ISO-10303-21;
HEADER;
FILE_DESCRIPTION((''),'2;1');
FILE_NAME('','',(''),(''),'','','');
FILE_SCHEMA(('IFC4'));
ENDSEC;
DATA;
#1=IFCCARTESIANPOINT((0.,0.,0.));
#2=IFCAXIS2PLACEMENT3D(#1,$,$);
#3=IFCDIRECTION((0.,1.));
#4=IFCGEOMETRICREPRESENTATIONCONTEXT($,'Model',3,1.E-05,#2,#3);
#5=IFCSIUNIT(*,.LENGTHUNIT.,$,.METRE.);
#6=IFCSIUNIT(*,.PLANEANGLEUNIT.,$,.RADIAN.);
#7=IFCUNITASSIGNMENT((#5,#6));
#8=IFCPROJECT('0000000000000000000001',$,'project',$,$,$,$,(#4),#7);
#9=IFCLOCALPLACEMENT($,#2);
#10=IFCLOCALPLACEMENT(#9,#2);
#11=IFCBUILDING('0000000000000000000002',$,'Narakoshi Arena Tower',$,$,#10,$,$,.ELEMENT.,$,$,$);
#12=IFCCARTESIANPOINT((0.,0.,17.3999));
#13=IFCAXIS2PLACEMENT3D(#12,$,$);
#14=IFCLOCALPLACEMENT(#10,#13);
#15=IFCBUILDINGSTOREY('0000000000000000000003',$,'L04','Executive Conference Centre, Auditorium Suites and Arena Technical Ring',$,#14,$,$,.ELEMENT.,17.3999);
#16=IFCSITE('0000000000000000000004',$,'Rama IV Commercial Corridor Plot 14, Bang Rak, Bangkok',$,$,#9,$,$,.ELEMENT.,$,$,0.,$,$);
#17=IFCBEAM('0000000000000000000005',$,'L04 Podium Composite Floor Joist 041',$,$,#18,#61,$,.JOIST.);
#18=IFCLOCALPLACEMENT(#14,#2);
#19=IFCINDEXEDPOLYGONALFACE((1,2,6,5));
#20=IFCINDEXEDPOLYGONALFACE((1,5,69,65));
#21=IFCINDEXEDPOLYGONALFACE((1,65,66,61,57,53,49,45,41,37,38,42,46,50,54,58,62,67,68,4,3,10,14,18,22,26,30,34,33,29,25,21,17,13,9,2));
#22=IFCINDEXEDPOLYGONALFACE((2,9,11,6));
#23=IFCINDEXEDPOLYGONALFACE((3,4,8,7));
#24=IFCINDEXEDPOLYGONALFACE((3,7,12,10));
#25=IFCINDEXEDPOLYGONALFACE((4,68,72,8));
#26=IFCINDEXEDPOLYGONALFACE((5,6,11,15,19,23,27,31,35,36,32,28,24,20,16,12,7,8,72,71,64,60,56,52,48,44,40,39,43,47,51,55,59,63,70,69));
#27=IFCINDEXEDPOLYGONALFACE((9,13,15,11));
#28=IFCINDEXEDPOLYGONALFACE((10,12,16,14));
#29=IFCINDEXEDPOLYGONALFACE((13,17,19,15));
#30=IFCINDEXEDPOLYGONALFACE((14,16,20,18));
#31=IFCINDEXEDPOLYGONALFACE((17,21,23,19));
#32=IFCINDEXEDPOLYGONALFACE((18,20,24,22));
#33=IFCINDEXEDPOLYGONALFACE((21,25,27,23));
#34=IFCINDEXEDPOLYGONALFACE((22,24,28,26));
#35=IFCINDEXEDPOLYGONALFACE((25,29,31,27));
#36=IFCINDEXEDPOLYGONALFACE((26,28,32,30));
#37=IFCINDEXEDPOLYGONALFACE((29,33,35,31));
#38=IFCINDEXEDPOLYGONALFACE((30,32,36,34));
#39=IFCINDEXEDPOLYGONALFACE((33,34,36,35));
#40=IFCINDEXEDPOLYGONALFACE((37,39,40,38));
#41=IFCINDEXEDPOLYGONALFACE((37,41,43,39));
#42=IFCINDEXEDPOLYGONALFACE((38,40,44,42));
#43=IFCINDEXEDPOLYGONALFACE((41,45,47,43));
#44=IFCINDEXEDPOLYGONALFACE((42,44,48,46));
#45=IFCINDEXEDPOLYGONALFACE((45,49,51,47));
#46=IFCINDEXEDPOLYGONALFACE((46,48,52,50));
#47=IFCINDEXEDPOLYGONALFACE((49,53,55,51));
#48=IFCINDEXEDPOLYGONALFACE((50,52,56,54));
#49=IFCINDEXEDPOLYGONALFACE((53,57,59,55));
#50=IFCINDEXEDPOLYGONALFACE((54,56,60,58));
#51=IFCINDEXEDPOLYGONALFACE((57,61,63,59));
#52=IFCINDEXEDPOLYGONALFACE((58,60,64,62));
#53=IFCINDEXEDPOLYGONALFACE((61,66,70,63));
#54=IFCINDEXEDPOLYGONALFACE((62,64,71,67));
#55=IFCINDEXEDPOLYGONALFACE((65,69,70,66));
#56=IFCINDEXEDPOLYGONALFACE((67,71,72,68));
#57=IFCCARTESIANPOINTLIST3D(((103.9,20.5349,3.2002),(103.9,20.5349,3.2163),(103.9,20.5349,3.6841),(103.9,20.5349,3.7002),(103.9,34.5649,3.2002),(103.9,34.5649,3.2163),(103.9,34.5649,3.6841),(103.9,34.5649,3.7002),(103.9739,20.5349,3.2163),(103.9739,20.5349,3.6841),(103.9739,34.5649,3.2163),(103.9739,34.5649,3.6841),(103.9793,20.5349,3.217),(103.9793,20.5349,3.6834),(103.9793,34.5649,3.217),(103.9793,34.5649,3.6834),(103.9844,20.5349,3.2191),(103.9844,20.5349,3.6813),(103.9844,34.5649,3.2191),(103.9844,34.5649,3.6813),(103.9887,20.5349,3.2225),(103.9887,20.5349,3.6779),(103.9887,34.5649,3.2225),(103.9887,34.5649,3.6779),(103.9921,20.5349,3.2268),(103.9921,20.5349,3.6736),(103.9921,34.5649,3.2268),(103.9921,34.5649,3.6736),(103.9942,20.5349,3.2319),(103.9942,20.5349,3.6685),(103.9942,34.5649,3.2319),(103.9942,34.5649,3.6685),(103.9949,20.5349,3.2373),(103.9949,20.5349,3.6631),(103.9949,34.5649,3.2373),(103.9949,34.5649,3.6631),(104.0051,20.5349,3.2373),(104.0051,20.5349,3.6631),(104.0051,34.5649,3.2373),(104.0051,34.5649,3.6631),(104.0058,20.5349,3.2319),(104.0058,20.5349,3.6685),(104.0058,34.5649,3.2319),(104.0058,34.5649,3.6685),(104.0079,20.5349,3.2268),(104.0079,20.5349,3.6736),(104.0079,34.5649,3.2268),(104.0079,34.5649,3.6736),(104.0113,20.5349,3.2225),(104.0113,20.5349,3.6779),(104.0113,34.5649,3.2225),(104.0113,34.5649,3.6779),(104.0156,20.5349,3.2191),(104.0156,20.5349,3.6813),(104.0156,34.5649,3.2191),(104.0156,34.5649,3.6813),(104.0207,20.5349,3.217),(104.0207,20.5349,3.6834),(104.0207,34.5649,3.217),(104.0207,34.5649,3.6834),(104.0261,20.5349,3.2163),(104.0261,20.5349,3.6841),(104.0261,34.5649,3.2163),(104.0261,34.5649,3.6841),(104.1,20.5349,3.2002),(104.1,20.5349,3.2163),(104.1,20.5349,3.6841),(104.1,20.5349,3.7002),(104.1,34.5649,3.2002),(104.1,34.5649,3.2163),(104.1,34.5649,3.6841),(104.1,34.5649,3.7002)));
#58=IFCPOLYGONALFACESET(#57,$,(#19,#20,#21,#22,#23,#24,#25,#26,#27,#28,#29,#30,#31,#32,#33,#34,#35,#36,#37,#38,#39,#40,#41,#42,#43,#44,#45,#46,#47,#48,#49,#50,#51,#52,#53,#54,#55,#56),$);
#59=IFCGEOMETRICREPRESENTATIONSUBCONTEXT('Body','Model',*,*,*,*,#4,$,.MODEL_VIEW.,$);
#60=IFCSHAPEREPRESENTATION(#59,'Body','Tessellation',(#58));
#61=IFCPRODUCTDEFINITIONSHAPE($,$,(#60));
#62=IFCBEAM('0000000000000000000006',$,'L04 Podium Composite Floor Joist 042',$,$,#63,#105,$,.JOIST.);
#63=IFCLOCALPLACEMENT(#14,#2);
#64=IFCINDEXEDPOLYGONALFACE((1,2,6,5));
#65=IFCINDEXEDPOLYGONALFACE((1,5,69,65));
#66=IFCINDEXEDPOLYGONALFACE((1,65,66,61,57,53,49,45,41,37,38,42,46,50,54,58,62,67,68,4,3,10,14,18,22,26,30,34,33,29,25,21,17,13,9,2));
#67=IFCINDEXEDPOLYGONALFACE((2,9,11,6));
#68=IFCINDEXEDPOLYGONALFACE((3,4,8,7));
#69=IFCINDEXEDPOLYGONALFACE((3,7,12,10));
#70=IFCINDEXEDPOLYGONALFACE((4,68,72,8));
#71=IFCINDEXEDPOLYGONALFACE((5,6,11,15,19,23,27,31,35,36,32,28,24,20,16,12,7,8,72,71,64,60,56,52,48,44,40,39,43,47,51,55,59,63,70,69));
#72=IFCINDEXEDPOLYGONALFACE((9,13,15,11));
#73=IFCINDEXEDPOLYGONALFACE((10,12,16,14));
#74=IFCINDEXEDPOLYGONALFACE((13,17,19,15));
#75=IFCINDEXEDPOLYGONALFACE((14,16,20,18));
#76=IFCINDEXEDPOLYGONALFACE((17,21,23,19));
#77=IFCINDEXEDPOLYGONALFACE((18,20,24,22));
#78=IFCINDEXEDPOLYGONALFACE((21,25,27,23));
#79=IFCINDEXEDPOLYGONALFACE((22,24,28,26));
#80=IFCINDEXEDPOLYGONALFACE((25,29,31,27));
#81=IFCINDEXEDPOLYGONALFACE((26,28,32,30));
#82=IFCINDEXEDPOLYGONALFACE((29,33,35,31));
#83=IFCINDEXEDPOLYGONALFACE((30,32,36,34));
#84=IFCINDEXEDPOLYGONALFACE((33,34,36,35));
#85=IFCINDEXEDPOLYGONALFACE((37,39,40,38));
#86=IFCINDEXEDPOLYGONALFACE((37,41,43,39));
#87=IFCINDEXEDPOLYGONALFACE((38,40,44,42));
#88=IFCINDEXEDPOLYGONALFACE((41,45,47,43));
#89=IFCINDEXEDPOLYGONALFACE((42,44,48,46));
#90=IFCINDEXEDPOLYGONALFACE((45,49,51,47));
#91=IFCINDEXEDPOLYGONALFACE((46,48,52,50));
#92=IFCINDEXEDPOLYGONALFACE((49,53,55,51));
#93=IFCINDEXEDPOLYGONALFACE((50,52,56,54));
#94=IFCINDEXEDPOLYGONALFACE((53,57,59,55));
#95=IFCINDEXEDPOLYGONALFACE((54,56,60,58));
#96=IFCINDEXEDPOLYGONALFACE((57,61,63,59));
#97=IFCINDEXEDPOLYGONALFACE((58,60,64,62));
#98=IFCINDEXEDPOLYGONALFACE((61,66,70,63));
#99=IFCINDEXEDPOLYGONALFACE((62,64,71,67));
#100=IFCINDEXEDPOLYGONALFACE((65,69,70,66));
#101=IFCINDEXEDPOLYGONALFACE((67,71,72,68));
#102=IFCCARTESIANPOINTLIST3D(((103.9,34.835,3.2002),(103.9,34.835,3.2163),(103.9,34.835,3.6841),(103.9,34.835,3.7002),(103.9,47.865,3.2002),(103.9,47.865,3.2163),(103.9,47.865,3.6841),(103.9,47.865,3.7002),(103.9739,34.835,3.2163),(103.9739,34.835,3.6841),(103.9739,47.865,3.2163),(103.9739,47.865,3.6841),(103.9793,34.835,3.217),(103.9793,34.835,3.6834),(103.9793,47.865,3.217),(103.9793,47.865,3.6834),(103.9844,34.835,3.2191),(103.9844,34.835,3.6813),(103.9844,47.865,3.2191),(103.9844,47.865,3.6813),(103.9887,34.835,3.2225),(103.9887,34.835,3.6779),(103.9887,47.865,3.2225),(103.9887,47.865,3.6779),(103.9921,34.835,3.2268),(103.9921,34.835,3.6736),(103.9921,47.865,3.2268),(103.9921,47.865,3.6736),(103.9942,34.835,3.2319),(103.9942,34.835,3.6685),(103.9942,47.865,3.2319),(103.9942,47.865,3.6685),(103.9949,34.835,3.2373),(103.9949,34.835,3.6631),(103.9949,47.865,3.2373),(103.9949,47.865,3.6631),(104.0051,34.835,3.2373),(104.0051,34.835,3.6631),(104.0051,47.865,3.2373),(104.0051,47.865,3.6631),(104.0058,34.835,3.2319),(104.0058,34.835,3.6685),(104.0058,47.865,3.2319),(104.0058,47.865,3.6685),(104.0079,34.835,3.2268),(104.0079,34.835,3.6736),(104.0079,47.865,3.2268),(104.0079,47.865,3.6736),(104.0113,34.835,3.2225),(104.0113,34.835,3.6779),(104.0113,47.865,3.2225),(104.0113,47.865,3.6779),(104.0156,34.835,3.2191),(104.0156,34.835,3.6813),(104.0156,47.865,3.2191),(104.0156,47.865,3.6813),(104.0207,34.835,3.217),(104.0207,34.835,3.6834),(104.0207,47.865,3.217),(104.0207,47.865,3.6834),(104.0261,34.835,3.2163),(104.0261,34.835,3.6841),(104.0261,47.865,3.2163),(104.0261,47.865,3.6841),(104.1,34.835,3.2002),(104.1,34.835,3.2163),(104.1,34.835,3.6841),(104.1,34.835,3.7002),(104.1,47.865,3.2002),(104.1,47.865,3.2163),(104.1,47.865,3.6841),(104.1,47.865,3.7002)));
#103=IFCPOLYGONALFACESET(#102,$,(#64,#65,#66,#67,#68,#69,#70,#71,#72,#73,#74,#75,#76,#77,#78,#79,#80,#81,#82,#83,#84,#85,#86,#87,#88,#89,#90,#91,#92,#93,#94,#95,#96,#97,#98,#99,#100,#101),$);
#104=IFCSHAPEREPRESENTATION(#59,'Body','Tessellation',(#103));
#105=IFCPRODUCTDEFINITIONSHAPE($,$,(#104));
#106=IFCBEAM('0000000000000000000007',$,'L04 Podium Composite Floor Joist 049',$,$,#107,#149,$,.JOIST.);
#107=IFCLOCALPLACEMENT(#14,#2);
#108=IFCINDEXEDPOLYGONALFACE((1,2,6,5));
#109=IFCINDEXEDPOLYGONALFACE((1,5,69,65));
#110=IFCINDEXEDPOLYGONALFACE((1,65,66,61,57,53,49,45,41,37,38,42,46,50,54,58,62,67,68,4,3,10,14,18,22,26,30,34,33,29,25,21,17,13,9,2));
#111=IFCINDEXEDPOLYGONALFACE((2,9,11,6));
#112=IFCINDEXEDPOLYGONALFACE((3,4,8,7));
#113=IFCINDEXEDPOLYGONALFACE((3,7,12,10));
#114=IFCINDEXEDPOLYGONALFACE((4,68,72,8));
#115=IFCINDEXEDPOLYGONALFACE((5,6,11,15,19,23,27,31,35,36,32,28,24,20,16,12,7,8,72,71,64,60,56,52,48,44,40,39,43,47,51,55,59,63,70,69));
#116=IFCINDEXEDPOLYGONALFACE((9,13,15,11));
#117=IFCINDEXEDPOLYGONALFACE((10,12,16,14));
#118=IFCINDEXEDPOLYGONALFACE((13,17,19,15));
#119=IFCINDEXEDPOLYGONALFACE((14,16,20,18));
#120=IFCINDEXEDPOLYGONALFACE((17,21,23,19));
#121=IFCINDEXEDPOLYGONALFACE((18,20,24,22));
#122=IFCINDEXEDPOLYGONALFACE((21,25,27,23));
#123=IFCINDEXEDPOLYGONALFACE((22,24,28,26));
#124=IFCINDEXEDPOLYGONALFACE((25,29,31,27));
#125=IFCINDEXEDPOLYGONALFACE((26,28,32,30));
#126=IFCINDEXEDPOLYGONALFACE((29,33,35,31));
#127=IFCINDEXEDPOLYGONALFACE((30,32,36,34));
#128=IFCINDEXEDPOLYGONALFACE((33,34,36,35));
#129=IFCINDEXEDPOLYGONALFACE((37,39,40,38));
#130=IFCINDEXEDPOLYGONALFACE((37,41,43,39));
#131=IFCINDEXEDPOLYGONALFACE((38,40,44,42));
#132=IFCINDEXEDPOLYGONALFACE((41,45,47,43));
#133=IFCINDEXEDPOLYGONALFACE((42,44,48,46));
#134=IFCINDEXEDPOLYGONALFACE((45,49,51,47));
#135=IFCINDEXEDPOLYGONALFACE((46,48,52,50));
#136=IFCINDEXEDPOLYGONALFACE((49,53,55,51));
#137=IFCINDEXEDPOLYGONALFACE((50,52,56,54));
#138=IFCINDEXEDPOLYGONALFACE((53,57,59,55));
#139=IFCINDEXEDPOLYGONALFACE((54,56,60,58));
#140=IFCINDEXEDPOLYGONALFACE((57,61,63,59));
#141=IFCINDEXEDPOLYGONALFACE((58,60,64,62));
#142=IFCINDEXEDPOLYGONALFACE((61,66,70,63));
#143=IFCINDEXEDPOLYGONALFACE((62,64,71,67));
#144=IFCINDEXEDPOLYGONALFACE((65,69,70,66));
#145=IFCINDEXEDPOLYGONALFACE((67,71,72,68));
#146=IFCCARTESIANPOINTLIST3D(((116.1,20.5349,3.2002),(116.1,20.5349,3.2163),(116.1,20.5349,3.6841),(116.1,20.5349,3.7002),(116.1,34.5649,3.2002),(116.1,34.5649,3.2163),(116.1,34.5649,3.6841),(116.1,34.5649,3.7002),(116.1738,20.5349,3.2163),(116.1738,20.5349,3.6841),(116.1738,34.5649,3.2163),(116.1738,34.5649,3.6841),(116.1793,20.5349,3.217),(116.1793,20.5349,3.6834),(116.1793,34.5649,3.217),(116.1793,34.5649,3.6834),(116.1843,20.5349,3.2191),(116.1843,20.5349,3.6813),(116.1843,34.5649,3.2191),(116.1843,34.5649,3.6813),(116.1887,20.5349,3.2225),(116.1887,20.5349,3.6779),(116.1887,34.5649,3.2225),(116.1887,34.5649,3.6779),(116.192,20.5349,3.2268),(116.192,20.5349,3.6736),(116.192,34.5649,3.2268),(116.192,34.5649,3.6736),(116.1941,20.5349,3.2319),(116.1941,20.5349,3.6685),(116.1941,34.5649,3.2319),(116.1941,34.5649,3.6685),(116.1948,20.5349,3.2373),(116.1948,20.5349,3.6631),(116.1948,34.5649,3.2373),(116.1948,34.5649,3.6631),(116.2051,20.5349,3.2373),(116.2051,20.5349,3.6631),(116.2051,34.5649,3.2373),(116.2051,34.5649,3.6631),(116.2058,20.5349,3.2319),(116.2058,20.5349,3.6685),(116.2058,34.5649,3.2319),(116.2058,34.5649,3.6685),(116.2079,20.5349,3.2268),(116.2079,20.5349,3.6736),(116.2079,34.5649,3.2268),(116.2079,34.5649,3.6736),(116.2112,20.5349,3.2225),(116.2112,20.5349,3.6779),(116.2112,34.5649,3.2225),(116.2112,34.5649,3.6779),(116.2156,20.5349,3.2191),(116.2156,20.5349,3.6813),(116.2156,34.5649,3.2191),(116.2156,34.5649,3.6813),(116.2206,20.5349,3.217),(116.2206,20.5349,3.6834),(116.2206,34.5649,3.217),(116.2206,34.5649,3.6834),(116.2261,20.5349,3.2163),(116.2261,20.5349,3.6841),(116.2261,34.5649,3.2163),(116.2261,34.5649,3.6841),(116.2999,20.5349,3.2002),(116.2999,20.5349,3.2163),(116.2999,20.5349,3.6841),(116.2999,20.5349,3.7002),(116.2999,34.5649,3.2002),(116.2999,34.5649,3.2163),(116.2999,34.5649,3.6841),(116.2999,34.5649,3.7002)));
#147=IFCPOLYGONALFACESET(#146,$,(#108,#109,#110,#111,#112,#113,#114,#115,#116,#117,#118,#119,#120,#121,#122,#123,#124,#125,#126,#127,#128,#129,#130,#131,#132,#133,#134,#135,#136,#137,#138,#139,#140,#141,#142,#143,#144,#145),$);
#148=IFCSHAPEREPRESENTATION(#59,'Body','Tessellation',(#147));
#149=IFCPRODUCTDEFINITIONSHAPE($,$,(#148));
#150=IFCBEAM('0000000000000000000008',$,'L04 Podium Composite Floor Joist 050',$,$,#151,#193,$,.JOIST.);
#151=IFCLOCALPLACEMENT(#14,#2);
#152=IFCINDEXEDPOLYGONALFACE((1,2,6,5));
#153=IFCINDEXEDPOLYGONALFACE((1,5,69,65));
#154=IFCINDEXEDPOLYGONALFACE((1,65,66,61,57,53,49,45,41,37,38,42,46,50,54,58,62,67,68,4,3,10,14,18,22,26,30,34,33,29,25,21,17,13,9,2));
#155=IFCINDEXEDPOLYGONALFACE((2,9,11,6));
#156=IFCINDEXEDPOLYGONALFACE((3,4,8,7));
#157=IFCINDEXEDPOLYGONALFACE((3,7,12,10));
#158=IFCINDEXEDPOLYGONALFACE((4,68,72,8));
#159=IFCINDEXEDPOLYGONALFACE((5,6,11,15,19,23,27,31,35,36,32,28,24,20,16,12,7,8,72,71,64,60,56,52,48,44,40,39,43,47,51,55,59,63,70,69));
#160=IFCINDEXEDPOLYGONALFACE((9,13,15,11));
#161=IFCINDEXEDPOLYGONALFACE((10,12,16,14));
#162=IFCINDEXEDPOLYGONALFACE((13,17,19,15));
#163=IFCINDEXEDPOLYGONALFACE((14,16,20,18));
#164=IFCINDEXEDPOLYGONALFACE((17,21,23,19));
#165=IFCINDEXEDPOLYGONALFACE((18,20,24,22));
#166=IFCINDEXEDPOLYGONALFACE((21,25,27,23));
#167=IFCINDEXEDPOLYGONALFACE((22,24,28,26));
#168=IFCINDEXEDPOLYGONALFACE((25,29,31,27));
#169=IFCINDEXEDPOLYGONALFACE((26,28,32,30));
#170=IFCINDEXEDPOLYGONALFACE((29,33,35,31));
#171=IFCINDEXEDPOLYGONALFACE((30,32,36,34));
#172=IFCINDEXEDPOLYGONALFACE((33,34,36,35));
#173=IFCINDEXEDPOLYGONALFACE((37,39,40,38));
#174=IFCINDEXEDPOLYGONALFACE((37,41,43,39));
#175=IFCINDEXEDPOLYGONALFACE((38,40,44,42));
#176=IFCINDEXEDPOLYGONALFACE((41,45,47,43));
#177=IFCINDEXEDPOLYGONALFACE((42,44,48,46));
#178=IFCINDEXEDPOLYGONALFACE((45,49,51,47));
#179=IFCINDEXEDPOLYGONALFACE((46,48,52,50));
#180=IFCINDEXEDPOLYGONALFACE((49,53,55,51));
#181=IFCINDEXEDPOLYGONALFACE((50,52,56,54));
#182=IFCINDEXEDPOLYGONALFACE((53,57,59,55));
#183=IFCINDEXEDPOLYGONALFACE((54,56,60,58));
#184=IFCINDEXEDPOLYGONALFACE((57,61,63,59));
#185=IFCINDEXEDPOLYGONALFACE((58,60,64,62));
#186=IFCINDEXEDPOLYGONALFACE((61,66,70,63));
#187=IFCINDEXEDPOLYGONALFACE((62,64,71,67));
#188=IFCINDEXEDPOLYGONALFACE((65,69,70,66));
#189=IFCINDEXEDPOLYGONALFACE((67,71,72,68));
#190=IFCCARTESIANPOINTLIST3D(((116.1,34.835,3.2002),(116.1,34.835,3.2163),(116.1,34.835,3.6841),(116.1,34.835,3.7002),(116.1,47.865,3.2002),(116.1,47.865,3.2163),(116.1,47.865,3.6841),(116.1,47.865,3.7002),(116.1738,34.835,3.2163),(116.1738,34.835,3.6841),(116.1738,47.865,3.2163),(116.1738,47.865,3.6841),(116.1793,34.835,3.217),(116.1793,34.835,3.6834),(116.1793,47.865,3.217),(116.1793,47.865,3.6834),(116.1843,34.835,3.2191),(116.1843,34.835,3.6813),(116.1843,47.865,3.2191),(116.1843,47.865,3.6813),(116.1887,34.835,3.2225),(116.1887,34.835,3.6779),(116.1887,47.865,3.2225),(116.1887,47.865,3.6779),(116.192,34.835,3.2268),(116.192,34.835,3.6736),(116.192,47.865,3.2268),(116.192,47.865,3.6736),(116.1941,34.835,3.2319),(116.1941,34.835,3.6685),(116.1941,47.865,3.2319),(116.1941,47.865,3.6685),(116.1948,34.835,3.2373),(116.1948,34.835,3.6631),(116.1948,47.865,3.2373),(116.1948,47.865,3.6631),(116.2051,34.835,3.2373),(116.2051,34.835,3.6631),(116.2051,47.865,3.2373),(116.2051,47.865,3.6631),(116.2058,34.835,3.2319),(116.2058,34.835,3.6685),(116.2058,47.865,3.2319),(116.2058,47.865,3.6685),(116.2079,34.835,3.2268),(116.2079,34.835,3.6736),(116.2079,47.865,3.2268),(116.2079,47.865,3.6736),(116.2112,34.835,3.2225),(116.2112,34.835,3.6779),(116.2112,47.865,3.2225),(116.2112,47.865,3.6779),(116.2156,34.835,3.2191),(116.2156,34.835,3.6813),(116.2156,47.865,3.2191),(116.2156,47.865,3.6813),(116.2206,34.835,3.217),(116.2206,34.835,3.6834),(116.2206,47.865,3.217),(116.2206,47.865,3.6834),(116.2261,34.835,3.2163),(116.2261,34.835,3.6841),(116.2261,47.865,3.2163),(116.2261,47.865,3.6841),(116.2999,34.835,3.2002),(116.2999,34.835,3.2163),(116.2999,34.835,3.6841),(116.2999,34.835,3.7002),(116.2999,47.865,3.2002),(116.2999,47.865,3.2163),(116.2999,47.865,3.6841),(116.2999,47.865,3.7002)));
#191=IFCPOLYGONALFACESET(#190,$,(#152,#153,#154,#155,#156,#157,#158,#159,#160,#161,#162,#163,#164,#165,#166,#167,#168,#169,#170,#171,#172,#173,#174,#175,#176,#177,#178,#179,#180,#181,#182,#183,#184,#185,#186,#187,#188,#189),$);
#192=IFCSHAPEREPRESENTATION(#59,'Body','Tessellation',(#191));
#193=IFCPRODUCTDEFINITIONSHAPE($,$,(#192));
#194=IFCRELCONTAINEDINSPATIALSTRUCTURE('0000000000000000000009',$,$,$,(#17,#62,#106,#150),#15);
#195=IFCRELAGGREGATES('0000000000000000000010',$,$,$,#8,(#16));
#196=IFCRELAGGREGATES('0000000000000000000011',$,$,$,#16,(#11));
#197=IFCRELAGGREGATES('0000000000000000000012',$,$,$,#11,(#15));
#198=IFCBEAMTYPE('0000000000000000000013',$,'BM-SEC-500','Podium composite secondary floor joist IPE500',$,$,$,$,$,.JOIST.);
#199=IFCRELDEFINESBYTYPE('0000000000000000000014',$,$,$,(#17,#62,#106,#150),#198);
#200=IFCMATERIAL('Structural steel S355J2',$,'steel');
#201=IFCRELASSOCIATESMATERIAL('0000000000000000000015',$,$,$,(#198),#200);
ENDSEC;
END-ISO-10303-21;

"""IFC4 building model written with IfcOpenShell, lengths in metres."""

from ifc_helpers import new_model, si_unit, direction, frame, origin, origin_2d, place, context, subcontext, project, spatial, i_section, extrude, material, material_profile, profile_set, type_object, element, save


model = new_model("IFC4")

# Units and contexts
model_context = context("Model", 3, precision=1e-05, world=origin(), true_north=direction((0.0, 1.0)))
body_context = subcontext(model_context, "Body", "Model", "MODEL_VIEW")
ifc_project = project(units=[si_unit("LENGTHUNIT", "METRE"), si_unit("PLANEANGLEUNIT", "RADIAN")], contexts=[model_context])

# Site, building, storey
site_placement = place(None, origin())
site = spatial("IfcSite", under=ifc_project, at=site_placement, Name="Rama IV Commercial Corridor Plot 14, Bang Rak, Bangkok", CompositionType="ELEMENT", RefElevation=0.0)
building_placement = place(site_placement, origin())
building = spatial("IfcBuilding", under=site, at=building_placement, Name="Narakoshi Arena Tower", CompositionType="ELEMENT")
storey_placement = place(building_placement, frame((0.0, 0.0, 17.3999)))
storey = spatial("IfcBuildingStorey", under=building, at=storey_placement, Name="L04", Description="Executive Conference Centre, Auditorium Suites and Arena Technical Ring", CompositionType="ELEMENT", Elevation=17.3999)

# Beams
ifc_material_1 = material(Name="Structural steel S355J2", Category="steel")
ifc_material_profile_1 = material_profile(ifc_material_1, i_section(OverallWidth=0.2, OverallDepth=0.5, WebThickness=0.0103, FlangeThickness=0.0161, FilletRadius=0.021, at=origin_2d()), Name="IPE500")
ifc_profile_set_1 = profile_set([ifc_material_profile_1], Name="Structural steel S355J2")
beam_type_1 = type_object("IfcBeamType", Name="BM-SEC-500", Description="Podium composite secondary floor joist IPE500", PredefinedType="JOIST", material=ifc_profile_set_1)
beam_1_placement = place(storey_placement, frame((104.0, 20.5349, 3.4502), z_axis=(0.0, 1.0, 0.0), x_axis=(-1.0, 0.0, 0.0)))
element("IfcBeam", 1, at=beam_1_placement, inside=storey, type_object=beam_type_1, Name="L04 Podium Composite Floor Joist 041", PredefinedType="JOIST", context=body_context, shape_type="SweptSolid", body=[
    extrude(i_section(OverallWidth=0.2, OverallDepth=0.5, WebThickness=0.0103, FlangeThickness=0.0161, FilletRadius=0.021, at=origin_2d()), origin(), (0.0, 0.0, 1.0), 14.03),
])
beam_2_placement = place(storey_placement, frame((104.0, 34.835, 3.4502), z_axis=(0.0, 1.0, 0.0), x_axis=(-1.0, 0.0, 0.0)))
element("IfcBeam", 2, at=beam_2_placement, inside=storey, type_object=beam_type_1, Name="L04 Podium Composite Floor Joist 042", PredefinedType="JOIST", context=body_context, shape_type="SweptSolid", body=[
    extrude(i_section(OverallWidth=0.2, OverallDepth=0.5, WebThickness=0.0103, FlangeThickness=0.0161, FilletRadius=0.021, at=origin_2d()), origin(), (0.0, 0.0, 1.0), 13.03),
])
beam_3_placement = place(storey_placement, frame((116.2, 20.5349, 3.4502), z_axis=(0.0, 1.0, 0.0), x_axis=(-1.0, 0.0, 0.0)))
element("IfcBeam", 3, at=beam_3_placement, inside=storey, type_object=beam_type_1, Name="L04 Podium Composite Floor Joist 049", PredefinedType="JOIST", context=body_context, shape_type="SweptSolid", body=[
    extrude(i_section(OverallWidth=0.2, OverallDepth=0.5, WebThickness=0.0103, FlangeThickness=0.0161, FilletRadius=0.021, at=origin_2d()), origin(), (0.0, 0.0, 1.0), 14.03),
])
beam_4_placement = place(storey_placement, frame((116.2, 34.835, 3.4502), z_axis=(0.0, 1.0, 0.0), x_axis=(-1.0, 0.0, 0.0)))
element("IfcBeam", 4, at=beam_4_placement, inside=storey, type_object=beam_type_1, Name="L04 Podium Composite Floor Joist 050", PredefinedType="JOIST", context=body_context, shape_type="SweptSolid", body=[
    extrude(i_section(OverallWidth=0.2, OverallDepth=0.5, WebThickness=0.0103, FlangeThickness=0.0161, FilletRadius=0.021, at=origin_2d()), origin(), (0.0, 0.0, 1.0), 13.03),
])

save(model, "model.ifc")
